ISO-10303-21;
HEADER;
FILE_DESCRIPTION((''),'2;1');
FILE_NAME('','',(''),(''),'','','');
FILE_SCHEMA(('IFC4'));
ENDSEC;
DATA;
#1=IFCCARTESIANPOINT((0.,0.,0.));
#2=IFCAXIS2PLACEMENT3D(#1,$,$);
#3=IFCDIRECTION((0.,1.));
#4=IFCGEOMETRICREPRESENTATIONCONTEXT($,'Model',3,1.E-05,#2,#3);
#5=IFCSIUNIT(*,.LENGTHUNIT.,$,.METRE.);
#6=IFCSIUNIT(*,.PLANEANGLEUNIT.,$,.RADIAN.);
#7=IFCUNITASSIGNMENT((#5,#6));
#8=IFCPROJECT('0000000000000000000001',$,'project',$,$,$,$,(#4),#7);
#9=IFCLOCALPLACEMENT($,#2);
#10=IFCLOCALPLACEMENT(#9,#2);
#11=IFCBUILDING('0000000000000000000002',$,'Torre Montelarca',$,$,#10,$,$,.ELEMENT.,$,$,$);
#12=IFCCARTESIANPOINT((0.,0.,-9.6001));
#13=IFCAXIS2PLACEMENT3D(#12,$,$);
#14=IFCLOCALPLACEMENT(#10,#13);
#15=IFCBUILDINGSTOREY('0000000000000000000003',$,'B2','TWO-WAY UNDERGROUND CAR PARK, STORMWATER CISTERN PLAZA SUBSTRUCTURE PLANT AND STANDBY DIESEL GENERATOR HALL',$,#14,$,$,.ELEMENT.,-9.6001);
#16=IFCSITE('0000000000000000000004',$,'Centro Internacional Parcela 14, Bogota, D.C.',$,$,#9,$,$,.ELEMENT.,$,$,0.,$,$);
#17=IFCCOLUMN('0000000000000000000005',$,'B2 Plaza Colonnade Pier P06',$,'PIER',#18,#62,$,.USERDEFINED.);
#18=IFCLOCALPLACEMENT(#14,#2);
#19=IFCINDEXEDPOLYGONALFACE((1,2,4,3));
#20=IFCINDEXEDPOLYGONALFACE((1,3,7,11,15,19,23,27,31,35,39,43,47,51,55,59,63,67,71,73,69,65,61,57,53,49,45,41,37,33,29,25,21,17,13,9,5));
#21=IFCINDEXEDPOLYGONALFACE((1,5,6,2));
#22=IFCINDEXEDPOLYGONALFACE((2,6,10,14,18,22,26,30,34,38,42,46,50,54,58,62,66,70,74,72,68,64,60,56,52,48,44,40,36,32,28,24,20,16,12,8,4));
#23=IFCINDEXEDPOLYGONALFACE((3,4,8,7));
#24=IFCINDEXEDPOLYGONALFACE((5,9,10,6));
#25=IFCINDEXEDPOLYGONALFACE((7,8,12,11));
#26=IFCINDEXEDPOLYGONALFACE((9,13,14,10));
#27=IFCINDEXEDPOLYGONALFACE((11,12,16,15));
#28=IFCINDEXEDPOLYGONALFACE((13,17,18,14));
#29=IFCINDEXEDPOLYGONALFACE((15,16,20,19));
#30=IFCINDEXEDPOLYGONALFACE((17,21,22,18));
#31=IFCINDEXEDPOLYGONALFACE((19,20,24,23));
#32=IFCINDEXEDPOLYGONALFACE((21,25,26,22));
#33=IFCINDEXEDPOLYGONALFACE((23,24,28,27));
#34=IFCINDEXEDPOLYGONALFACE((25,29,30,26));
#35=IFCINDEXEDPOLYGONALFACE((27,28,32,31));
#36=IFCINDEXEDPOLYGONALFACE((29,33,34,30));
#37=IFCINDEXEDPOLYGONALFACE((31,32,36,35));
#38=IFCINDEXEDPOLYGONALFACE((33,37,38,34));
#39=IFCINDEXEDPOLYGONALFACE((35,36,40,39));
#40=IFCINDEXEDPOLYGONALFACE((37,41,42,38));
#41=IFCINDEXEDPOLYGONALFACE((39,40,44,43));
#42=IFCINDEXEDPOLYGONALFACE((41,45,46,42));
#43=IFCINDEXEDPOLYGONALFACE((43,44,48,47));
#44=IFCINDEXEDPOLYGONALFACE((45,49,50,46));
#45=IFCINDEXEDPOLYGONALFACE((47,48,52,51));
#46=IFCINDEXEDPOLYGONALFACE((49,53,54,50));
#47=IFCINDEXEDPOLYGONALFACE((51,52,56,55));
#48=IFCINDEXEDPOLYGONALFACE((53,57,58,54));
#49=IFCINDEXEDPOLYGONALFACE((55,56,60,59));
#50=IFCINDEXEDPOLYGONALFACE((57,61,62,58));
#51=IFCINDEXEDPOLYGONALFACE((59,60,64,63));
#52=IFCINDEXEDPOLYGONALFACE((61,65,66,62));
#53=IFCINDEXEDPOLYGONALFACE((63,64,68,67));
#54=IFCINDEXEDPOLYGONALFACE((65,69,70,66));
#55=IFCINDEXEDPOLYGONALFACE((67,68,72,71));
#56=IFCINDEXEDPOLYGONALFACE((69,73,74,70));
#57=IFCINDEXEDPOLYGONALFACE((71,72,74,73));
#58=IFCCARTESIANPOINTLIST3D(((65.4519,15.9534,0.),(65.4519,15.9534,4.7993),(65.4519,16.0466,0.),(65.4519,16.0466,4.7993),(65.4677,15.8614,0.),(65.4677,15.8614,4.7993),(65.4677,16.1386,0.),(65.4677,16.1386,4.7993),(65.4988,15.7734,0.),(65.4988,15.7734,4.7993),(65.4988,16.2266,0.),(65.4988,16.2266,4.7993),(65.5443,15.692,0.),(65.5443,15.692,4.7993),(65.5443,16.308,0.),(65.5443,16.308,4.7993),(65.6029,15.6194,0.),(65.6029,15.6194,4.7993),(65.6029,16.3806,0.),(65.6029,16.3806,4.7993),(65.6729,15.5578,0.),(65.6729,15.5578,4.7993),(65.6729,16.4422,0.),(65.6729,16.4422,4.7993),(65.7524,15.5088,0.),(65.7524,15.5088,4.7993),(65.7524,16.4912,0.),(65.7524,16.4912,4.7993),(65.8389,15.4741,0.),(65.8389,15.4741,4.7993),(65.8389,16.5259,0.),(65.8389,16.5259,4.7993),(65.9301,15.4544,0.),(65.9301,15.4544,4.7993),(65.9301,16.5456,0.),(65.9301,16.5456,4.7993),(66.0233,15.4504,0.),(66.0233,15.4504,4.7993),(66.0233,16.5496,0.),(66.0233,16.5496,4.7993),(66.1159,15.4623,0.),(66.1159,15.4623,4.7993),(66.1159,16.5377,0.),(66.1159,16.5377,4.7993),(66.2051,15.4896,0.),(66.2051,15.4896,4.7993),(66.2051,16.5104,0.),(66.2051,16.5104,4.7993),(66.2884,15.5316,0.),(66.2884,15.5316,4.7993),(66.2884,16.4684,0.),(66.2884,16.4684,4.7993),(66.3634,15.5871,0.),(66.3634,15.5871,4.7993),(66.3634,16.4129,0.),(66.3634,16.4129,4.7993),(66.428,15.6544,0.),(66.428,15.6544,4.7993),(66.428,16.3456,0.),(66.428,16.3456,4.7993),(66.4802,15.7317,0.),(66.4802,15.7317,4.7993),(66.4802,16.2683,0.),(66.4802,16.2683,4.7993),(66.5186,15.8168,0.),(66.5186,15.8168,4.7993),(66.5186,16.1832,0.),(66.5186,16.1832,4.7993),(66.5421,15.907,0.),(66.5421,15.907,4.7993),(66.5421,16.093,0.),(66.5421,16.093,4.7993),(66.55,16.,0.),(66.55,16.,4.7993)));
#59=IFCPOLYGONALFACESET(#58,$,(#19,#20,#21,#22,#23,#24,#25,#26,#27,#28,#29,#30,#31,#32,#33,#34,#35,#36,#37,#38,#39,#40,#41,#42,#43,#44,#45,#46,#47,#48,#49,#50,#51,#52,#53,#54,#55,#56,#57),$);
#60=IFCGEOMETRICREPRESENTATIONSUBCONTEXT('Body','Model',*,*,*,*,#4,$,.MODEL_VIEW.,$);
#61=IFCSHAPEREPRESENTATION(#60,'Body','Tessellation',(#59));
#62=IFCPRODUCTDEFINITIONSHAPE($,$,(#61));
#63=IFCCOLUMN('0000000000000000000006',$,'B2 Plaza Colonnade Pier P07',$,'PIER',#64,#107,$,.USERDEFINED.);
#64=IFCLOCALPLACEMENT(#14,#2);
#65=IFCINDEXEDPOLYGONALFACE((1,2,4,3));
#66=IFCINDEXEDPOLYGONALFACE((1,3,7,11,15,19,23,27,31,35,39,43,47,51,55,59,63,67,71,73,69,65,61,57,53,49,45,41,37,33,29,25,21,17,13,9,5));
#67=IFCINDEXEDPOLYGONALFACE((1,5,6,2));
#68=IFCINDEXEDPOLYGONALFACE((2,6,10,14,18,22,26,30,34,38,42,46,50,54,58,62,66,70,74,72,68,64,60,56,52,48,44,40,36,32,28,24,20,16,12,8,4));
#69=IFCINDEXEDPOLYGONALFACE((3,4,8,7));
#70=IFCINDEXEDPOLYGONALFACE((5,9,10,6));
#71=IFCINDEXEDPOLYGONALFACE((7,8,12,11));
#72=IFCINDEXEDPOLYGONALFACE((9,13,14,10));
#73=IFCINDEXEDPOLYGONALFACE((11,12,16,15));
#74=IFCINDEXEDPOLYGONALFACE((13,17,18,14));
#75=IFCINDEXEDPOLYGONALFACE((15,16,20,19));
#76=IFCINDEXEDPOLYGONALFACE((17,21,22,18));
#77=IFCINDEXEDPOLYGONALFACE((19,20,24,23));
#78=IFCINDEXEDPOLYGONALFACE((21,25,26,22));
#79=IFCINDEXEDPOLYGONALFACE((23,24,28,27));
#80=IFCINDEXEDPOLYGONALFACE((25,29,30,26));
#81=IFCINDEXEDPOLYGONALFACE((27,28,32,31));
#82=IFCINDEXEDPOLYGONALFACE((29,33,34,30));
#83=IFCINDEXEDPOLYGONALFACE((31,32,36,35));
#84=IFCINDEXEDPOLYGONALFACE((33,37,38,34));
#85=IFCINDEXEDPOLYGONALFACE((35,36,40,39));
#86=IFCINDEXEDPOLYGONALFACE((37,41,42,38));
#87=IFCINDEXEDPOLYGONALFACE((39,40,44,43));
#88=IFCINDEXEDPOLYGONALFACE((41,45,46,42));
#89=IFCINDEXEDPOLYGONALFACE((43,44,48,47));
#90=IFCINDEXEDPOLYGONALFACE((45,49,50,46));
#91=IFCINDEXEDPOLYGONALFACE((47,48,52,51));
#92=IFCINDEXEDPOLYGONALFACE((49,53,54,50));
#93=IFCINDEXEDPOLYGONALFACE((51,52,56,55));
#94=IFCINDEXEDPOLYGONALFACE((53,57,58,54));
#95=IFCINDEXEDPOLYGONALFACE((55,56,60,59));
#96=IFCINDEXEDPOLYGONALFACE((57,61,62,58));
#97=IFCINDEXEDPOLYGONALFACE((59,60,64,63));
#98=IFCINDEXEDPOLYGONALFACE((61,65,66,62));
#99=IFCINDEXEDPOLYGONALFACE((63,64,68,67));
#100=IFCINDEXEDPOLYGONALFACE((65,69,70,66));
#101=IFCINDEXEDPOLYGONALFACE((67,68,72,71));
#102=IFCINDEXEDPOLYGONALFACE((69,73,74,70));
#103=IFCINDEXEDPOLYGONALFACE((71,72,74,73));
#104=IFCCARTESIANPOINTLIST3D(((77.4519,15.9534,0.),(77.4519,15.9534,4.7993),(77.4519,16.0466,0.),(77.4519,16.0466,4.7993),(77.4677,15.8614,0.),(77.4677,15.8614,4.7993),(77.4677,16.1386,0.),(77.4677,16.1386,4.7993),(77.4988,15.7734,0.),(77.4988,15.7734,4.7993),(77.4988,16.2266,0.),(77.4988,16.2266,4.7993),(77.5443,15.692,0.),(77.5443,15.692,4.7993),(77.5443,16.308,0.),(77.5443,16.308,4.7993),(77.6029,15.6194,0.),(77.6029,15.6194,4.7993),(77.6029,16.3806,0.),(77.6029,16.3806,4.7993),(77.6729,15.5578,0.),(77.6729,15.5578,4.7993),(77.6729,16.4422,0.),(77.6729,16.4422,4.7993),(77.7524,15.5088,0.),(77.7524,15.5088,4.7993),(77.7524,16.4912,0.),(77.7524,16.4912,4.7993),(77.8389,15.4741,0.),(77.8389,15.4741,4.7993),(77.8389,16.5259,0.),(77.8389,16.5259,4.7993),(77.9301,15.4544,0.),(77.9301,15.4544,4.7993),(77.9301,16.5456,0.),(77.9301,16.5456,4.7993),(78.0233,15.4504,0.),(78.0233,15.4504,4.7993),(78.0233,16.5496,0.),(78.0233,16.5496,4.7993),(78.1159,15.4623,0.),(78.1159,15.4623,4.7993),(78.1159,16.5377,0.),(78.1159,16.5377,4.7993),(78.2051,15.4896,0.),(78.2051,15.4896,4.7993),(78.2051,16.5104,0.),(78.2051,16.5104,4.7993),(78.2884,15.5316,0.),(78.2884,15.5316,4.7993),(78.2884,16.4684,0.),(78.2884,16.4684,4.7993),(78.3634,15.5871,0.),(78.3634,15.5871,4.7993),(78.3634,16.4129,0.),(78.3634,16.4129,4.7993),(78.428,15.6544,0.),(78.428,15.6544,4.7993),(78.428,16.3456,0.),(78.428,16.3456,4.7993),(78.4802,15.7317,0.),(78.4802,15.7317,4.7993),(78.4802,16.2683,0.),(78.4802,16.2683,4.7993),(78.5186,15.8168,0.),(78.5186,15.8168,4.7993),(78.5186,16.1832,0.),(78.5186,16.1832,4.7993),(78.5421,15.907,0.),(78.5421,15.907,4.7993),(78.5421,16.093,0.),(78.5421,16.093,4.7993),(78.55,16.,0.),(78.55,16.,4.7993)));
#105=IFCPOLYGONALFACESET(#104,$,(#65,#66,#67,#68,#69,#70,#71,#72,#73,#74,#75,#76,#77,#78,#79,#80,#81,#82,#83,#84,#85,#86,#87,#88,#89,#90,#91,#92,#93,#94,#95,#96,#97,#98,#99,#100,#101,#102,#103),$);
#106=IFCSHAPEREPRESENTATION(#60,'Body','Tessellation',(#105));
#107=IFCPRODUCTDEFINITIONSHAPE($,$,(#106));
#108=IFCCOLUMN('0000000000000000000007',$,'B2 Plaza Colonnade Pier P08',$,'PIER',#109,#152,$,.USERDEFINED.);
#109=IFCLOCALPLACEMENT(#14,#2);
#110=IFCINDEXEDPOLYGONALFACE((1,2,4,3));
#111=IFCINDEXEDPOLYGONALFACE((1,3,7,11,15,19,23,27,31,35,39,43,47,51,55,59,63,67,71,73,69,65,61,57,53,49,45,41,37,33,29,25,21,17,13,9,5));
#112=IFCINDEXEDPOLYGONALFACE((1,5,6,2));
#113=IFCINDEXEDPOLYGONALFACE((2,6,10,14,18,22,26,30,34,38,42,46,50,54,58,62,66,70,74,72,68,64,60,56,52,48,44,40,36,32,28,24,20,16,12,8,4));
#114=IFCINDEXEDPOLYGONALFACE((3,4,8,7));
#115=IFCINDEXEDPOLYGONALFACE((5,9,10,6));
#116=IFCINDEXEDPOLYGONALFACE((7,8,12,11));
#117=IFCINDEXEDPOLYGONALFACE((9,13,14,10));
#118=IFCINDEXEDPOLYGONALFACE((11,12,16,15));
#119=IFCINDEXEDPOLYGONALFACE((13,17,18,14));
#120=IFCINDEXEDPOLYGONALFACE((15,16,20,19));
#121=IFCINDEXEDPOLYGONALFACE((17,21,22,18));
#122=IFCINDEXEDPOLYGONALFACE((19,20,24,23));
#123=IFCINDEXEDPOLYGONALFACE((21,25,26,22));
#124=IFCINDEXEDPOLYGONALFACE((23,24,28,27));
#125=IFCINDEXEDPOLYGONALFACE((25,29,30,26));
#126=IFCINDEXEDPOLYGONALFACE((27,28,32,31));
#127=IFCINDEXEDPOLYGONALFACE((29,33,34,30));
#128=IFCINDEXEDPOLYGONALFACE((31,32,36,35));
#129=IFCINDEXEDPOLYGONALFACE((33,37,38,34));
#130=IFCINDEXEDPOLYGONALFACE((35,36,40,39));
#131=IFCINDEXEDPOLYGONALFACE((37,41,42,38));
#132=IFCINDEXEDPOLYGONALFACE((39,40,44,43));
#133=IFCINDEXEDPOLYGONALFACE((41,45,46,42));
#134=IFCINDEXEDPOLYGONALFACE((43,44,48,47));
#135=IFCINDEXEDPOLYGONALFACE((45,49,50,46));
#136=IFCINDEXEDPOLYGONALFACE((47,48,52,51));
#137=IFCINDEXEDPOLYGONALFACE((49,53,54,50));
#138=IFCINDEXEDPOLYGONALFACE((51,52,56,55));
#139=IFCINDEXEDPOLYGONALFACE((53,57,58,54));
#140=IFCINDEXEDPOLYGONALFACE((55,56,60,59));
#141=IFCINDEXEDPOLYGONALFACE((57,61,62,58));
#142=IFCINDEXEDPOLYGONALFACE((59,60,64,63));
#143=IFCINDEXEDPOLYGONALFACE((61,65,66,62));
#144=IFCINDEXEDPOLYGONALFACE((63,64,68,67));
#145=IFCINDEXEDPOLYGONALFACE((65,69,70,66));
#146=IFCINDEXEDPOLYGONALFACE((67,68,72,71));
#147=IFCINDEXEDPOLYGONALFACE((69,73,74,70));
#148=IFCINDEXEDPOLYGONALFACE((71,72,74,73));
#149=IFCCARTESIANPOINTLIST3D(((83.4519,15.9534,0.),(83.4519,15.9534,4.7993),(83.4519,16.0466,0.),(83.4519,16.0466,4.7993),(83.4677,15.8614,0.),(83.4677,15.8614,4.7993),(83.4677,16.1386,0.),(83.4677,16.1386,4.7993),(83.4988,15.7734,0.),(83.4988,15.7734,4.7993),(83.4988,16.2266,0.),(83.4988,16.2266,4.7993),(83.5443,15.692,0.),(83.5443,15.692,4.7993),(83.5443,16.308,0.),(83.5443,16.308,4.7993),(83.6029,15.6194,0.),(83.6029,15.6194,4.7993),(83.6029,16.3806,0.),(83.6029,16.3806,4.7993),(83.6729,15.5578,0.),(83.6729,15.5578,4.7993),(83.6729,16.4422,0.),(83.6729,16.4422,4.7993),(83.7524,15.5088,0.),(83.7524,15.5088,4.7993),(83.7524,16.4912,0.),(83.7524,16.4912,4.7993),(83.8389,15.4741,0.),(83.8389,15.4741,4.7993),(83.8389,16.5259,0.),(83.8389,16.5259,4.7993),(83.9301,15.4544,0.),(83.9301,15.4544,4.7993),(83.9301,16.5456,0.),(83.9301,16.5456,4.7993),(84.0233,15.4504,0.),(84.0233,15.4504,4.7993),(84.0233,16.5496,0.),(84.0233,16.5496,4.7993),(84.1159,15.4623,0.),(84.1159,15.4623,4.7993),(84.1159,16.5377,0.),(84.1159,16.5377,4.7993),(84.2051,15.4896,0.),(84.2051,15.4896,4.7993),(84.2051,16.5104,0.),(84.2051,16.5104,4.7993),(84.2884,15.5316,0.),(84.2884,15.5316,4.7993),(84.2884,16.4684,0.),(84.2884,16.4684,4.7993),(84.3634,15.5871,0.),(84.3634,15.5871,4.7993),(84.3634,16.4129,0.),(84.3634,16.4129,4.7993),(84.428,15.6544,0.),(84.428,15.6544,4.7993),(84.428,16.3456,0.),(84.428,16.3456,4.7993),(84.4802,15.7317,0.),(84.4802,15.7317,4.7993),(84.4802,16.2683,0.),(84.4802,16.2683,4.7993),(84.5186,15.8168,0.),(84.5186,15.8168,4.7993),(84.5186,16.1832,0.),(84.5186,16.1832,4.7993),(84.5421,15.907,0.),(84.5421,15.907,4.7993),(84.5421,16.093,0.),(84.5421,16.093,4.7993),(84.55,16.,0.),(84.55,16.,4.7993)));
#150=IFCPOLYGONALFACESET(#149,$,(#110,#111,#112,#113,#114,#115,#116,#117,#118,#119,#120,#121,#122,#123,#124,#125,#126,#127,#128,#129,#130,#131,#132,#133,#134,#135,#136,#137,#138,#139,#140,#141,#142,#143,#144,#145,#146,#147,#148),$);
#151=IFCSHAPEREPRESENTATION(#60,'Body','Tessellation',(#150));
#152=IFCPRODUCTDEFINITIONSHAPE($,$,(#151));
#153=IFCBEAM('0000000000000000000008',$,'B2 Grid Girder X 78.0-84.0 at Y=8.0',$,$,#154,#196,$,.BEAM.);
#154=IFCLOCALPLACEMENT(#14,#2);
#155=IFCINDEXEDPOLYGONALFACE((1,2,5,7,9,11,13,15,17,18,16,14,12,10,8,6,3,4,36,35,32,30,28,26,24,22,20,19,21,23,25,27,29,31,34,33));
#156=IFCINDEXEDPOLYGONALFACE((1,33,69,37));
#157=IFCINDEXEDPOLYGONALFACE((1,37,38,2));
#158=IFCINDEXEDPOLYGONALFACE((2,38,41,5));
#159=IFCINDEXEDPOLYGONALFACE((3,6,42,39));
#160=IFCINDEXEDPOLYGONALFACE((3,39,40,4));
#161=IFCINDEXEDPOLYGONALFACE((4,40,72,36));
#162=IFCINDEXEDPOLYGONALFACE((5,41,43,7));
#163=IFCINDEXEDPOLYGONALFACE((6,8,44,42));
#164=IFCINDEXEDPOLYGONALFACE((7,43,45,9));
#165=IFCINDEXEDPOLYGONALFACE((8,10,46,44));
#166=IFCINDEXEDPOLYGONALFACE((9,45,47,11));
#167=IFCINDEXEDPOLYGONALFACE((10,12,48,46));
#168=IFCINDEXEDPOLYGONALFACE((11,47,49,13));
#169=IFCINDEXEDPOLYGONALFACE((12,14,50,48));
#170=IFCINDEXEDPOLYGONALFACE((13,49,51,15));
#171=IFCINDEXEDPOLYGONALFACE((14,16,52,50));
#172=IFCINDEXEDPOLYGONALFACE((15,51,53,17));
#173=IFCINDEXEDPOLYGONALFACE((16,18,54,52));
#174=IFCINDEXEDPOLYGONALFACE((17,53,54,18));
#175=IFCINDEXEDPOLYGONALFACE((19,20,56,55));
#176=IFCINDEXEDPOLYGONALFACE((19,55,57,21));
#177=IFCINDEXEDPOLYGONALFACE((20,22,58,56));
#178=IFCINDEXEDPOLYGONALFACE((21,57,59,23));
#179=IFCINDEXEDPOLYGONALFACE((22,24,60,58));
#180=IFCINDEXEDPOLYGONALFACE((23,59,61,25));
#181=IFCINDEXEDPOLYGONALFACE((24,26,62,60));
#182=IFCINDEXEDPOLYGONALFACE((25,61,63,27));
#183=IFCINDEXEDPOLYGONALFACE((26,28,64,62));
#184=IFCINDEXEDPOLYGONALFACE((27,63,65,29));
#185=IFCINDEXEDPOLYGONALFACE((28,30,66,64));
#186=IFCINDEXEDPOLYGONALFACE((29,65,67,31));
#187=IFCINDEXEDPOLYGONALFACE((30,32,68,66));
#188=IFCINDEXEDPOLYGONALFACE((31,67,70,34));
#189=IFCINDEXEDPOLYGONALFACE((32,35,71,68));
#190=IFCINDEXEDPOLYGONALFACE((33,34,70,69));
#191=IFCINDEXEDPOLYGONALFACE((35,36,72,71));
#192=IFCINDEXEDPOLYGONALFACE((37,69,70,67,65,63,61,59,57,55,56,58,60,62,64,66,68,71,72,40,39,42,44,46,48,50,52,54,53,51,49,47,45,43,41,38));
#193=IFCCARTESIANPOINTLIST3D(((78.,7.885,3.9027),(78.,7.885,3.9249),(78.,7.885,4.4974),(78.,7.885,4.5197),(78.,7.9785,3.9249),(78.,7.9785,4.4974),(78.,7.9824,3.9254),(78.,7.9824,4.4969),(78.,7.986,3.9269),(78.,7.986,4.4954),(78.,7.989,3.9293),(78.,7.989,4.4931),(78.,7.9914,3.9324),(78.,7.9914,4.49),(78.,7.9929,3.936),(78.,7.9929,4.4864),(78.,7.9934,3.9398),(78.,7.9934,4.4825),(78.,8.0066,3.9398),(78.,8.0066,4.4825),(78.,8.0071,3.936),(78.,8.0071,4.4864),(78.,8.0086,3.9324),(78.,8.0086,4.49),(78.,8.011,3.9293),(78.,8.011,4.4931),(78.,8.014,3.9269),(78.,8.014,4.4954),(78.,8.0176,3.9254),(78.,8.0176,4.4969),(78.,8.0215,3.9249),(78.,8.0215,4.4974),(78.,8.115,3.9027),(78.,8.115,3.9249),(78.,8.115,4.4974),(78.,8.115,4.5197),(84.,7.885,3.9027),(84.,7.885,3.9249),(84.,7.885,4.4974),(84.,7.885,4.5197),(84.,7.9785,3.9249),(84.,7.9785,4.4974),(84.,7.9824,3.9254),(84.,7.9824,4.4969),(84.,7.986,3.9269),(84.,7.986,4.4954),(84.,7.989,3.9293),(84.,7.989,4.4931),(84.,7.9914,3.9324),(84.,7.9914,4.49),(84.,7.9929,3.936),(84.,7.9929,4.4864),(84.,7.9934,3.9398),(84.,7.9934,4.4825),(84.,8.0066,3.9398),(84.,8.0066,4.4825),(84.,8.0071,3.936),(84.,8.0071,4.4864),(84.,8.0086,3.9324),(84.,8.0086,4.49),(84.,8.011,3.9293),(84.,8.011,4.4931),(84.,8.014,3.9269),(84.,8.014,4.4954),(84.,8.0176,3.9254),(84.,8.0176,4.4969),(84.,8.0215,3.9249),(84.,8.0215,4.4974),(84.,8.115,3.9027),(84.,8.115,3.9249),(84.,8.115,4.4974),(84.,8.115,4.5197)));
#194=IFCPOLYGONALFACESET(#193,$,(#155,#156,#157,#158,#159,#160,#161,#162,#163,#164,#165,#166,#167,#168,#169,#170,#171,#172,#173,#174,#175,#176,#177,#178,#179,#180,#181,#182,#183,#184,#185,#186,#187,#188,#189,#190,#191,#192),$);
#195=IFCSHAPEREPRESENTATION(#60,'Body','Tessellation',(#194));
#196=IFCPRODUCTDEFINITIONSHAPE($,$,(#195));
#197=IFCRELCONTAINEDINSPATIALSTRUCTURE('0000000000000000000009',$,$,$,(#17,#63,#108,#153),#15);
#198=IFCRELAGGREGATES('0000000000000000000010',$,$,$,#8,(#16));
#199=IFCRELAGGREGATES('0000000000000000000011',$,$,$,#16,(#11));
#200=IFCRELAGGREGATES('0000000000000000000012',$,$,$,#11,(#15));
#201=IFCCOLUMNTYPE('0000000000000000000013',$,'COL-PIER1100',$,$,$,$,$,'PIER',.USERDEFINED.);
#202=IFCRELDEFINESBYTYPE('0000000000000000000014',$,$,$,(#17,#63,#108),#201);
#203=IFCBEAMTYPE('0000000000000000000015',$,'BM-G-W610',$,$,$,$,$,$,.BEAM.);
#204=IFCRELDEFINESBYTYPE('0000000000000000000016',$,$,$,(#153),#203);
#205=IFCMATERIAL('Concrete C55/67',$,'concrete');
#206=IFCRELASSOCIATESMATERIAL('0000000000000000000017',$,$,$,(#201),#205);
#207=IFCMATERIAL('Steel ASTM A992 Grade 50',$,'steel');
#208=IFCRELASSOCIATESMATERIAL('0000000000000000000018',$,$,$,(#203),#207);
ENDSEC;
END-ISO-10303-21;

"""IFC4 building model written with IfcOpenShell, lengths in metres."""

from ifc_helpers import new_model, si_unit, direction, frame, origin, origin_2d, place, context, subcontext, project, spatial, circle, i_section, extrude, source, transform, mapped, material, material_profile, profile_set, type_object, element, save


model = new_model("IFC4")

# Units and contexts
model_context = context("Model", 3, precision=1e-05, world=origin(), true_north=direction((0.0, 1.0)))
body_context = subcontext(model_context, "Body", "Model", "MODEL_VIEW")
ifc_project = project(units=[si_unit("LENGTHUNIT", "METRE"), si_unit("PLANEANGLEUNIT", "RADIAN")], contexts=[model_context])

# Site, building, storey
site_placement = place(None, origin())
site = spatial("IfcSite", under=ifc_project, at=site_placement, Name="Centro Internacional Parcela 14, Bogota, D.C.", CompositionType="ELEMENT", RefElevation=0.0)
building_placement = place(site_placement, origin())
building = spatial("IfcBuilding", under=site, at=building_placement, Name="Torre Montelarca", CompositionType="ELEMENT")
storey_placement = place(building_placement, frame((0.0, 0.0, -9.6001)))
storey = spatial("IfcBuildingStorey", under=building, at=storey_placement, Name="B2", Description="TWO-WAY UNDERGROUND CAR PARK, STORMWATER CISTERN PLAZA SUBSTRUCTURE PLANT AND STANDBY DIESEL GENERATOR HALL", CompositionType="ELEMENT", Elevation=-9.6001)

# Columns
ifc_material_1 = material(Name="Concrete C55/67", Category="concrete")
ifc_material_profile_1 = material_profile(ifc_material_1, circle(Radius=0.55, at=origin_2d()), Name="RCC1100", Category="concrete")
ifc_profile_set_1 = profile_set([ifc_material_profile_1], Name="Concrete C55/67")
column_type = type_object("IfcColumnType", Name="COL-PIER1100", ElementType="PIER", PredefinedType="USERDEFINED", material=ifc_profile_set_1)
shared_shape_1 = source(origin(), body_context, "Body", "SweptSolid", [
    extrude(circle(Radius=0.55, at=origin_2d()), origin(), (0.0, 0.0, 1.0), 4.7993),
])
for number, where, z_axis, x_axis, name in (
    (1, (66.0, 16.0, 0.0), (0.0, 0.0, 1.0), (1.0, 0.0, 0.0), "B2 Plaza Colonnade Pier P06"),
    (2, (78.0, 16.0, 0.0), (0.0, 0.0, 1.0), (1.0, 0.0, 0.0), "B2 Plaza Colonnade Pier P07"),
    (3, (84.0, 16.0, 0.0), (0.0, 0.0, 1.0), (1.0, 0.0, 0.0), "B2 Plaza Colonnade Pier P08"),
):
    element("IfcColumn", number, at=place(storey_placement, frame(where, z_axis=z_axis, x_axis=x_axis)), inside=storey, type_object=column_type, Name=name, ObjectType="PIER", PredefinedType="USERDEFINED", context=body_context, shape_type="MappedRepresentation", body=[
        mapped(shared_shape_1, transform((0.0, 0.0, 0.0), scale=1.0)),
    ])

# Beam
ifc_material_2 = material(Name="Steel ASTM A992 Grade 50", Category="steel")
ifc_material_profile_2 = material_profile(ifc_material_2, i_section(OverallWidth=0.23, OverallDepth=0.6169, WebThickness=0.0132, FlangeThickness=0.0222, FilletRadius=0.0149, at=origin_2d()), Name="W610X140", Category="steel")
ifc_profile_set_2 = profile_set([ifc_material_profile_2], Name="Steel ASTM A992 Grade 50")
beam_type_1 = type_object("IfcBeamType", Name="BM-G-W610", PredefinedType="BEAM", material=ifc_profile_set_2)
shared_shape_2 = source(origin(), body_context, "Body", "SweptSolid", [
    extrude(i_section(OverallWidth=0.23, OverallDepth=0.6169, WebThickness=0.0132, FlangeThickness=0.0222, FilletRadius=0.0149, at=origin_2d()), origin(), (0.0, 0.0, 1.0), 6.0),
])
for number, where, z_axis, x_axis, name in (
    (4, (78.0, 8.0, 4.2112), (1.0, 0.0, 0.0), (0.0, 1.0, 0.0), "B2 Grid Girder X 78.0-84.0 at Y=8.0"),
):
    element("IfcBeam", number, at=place(storey_placement, frame(where, z_axis=z_axis, x_axis=x_axis)), inside=storey, type_object=beam_type_1, Name=name, PredefinedType="BEAM", context=body_context, shape_type="MappedRepresentation", body=[
        mapped(shared_shape_2, transform((0.0, 0.0, 0.0), scale=1.0)),
    ])

save(model, "model.ifc")
